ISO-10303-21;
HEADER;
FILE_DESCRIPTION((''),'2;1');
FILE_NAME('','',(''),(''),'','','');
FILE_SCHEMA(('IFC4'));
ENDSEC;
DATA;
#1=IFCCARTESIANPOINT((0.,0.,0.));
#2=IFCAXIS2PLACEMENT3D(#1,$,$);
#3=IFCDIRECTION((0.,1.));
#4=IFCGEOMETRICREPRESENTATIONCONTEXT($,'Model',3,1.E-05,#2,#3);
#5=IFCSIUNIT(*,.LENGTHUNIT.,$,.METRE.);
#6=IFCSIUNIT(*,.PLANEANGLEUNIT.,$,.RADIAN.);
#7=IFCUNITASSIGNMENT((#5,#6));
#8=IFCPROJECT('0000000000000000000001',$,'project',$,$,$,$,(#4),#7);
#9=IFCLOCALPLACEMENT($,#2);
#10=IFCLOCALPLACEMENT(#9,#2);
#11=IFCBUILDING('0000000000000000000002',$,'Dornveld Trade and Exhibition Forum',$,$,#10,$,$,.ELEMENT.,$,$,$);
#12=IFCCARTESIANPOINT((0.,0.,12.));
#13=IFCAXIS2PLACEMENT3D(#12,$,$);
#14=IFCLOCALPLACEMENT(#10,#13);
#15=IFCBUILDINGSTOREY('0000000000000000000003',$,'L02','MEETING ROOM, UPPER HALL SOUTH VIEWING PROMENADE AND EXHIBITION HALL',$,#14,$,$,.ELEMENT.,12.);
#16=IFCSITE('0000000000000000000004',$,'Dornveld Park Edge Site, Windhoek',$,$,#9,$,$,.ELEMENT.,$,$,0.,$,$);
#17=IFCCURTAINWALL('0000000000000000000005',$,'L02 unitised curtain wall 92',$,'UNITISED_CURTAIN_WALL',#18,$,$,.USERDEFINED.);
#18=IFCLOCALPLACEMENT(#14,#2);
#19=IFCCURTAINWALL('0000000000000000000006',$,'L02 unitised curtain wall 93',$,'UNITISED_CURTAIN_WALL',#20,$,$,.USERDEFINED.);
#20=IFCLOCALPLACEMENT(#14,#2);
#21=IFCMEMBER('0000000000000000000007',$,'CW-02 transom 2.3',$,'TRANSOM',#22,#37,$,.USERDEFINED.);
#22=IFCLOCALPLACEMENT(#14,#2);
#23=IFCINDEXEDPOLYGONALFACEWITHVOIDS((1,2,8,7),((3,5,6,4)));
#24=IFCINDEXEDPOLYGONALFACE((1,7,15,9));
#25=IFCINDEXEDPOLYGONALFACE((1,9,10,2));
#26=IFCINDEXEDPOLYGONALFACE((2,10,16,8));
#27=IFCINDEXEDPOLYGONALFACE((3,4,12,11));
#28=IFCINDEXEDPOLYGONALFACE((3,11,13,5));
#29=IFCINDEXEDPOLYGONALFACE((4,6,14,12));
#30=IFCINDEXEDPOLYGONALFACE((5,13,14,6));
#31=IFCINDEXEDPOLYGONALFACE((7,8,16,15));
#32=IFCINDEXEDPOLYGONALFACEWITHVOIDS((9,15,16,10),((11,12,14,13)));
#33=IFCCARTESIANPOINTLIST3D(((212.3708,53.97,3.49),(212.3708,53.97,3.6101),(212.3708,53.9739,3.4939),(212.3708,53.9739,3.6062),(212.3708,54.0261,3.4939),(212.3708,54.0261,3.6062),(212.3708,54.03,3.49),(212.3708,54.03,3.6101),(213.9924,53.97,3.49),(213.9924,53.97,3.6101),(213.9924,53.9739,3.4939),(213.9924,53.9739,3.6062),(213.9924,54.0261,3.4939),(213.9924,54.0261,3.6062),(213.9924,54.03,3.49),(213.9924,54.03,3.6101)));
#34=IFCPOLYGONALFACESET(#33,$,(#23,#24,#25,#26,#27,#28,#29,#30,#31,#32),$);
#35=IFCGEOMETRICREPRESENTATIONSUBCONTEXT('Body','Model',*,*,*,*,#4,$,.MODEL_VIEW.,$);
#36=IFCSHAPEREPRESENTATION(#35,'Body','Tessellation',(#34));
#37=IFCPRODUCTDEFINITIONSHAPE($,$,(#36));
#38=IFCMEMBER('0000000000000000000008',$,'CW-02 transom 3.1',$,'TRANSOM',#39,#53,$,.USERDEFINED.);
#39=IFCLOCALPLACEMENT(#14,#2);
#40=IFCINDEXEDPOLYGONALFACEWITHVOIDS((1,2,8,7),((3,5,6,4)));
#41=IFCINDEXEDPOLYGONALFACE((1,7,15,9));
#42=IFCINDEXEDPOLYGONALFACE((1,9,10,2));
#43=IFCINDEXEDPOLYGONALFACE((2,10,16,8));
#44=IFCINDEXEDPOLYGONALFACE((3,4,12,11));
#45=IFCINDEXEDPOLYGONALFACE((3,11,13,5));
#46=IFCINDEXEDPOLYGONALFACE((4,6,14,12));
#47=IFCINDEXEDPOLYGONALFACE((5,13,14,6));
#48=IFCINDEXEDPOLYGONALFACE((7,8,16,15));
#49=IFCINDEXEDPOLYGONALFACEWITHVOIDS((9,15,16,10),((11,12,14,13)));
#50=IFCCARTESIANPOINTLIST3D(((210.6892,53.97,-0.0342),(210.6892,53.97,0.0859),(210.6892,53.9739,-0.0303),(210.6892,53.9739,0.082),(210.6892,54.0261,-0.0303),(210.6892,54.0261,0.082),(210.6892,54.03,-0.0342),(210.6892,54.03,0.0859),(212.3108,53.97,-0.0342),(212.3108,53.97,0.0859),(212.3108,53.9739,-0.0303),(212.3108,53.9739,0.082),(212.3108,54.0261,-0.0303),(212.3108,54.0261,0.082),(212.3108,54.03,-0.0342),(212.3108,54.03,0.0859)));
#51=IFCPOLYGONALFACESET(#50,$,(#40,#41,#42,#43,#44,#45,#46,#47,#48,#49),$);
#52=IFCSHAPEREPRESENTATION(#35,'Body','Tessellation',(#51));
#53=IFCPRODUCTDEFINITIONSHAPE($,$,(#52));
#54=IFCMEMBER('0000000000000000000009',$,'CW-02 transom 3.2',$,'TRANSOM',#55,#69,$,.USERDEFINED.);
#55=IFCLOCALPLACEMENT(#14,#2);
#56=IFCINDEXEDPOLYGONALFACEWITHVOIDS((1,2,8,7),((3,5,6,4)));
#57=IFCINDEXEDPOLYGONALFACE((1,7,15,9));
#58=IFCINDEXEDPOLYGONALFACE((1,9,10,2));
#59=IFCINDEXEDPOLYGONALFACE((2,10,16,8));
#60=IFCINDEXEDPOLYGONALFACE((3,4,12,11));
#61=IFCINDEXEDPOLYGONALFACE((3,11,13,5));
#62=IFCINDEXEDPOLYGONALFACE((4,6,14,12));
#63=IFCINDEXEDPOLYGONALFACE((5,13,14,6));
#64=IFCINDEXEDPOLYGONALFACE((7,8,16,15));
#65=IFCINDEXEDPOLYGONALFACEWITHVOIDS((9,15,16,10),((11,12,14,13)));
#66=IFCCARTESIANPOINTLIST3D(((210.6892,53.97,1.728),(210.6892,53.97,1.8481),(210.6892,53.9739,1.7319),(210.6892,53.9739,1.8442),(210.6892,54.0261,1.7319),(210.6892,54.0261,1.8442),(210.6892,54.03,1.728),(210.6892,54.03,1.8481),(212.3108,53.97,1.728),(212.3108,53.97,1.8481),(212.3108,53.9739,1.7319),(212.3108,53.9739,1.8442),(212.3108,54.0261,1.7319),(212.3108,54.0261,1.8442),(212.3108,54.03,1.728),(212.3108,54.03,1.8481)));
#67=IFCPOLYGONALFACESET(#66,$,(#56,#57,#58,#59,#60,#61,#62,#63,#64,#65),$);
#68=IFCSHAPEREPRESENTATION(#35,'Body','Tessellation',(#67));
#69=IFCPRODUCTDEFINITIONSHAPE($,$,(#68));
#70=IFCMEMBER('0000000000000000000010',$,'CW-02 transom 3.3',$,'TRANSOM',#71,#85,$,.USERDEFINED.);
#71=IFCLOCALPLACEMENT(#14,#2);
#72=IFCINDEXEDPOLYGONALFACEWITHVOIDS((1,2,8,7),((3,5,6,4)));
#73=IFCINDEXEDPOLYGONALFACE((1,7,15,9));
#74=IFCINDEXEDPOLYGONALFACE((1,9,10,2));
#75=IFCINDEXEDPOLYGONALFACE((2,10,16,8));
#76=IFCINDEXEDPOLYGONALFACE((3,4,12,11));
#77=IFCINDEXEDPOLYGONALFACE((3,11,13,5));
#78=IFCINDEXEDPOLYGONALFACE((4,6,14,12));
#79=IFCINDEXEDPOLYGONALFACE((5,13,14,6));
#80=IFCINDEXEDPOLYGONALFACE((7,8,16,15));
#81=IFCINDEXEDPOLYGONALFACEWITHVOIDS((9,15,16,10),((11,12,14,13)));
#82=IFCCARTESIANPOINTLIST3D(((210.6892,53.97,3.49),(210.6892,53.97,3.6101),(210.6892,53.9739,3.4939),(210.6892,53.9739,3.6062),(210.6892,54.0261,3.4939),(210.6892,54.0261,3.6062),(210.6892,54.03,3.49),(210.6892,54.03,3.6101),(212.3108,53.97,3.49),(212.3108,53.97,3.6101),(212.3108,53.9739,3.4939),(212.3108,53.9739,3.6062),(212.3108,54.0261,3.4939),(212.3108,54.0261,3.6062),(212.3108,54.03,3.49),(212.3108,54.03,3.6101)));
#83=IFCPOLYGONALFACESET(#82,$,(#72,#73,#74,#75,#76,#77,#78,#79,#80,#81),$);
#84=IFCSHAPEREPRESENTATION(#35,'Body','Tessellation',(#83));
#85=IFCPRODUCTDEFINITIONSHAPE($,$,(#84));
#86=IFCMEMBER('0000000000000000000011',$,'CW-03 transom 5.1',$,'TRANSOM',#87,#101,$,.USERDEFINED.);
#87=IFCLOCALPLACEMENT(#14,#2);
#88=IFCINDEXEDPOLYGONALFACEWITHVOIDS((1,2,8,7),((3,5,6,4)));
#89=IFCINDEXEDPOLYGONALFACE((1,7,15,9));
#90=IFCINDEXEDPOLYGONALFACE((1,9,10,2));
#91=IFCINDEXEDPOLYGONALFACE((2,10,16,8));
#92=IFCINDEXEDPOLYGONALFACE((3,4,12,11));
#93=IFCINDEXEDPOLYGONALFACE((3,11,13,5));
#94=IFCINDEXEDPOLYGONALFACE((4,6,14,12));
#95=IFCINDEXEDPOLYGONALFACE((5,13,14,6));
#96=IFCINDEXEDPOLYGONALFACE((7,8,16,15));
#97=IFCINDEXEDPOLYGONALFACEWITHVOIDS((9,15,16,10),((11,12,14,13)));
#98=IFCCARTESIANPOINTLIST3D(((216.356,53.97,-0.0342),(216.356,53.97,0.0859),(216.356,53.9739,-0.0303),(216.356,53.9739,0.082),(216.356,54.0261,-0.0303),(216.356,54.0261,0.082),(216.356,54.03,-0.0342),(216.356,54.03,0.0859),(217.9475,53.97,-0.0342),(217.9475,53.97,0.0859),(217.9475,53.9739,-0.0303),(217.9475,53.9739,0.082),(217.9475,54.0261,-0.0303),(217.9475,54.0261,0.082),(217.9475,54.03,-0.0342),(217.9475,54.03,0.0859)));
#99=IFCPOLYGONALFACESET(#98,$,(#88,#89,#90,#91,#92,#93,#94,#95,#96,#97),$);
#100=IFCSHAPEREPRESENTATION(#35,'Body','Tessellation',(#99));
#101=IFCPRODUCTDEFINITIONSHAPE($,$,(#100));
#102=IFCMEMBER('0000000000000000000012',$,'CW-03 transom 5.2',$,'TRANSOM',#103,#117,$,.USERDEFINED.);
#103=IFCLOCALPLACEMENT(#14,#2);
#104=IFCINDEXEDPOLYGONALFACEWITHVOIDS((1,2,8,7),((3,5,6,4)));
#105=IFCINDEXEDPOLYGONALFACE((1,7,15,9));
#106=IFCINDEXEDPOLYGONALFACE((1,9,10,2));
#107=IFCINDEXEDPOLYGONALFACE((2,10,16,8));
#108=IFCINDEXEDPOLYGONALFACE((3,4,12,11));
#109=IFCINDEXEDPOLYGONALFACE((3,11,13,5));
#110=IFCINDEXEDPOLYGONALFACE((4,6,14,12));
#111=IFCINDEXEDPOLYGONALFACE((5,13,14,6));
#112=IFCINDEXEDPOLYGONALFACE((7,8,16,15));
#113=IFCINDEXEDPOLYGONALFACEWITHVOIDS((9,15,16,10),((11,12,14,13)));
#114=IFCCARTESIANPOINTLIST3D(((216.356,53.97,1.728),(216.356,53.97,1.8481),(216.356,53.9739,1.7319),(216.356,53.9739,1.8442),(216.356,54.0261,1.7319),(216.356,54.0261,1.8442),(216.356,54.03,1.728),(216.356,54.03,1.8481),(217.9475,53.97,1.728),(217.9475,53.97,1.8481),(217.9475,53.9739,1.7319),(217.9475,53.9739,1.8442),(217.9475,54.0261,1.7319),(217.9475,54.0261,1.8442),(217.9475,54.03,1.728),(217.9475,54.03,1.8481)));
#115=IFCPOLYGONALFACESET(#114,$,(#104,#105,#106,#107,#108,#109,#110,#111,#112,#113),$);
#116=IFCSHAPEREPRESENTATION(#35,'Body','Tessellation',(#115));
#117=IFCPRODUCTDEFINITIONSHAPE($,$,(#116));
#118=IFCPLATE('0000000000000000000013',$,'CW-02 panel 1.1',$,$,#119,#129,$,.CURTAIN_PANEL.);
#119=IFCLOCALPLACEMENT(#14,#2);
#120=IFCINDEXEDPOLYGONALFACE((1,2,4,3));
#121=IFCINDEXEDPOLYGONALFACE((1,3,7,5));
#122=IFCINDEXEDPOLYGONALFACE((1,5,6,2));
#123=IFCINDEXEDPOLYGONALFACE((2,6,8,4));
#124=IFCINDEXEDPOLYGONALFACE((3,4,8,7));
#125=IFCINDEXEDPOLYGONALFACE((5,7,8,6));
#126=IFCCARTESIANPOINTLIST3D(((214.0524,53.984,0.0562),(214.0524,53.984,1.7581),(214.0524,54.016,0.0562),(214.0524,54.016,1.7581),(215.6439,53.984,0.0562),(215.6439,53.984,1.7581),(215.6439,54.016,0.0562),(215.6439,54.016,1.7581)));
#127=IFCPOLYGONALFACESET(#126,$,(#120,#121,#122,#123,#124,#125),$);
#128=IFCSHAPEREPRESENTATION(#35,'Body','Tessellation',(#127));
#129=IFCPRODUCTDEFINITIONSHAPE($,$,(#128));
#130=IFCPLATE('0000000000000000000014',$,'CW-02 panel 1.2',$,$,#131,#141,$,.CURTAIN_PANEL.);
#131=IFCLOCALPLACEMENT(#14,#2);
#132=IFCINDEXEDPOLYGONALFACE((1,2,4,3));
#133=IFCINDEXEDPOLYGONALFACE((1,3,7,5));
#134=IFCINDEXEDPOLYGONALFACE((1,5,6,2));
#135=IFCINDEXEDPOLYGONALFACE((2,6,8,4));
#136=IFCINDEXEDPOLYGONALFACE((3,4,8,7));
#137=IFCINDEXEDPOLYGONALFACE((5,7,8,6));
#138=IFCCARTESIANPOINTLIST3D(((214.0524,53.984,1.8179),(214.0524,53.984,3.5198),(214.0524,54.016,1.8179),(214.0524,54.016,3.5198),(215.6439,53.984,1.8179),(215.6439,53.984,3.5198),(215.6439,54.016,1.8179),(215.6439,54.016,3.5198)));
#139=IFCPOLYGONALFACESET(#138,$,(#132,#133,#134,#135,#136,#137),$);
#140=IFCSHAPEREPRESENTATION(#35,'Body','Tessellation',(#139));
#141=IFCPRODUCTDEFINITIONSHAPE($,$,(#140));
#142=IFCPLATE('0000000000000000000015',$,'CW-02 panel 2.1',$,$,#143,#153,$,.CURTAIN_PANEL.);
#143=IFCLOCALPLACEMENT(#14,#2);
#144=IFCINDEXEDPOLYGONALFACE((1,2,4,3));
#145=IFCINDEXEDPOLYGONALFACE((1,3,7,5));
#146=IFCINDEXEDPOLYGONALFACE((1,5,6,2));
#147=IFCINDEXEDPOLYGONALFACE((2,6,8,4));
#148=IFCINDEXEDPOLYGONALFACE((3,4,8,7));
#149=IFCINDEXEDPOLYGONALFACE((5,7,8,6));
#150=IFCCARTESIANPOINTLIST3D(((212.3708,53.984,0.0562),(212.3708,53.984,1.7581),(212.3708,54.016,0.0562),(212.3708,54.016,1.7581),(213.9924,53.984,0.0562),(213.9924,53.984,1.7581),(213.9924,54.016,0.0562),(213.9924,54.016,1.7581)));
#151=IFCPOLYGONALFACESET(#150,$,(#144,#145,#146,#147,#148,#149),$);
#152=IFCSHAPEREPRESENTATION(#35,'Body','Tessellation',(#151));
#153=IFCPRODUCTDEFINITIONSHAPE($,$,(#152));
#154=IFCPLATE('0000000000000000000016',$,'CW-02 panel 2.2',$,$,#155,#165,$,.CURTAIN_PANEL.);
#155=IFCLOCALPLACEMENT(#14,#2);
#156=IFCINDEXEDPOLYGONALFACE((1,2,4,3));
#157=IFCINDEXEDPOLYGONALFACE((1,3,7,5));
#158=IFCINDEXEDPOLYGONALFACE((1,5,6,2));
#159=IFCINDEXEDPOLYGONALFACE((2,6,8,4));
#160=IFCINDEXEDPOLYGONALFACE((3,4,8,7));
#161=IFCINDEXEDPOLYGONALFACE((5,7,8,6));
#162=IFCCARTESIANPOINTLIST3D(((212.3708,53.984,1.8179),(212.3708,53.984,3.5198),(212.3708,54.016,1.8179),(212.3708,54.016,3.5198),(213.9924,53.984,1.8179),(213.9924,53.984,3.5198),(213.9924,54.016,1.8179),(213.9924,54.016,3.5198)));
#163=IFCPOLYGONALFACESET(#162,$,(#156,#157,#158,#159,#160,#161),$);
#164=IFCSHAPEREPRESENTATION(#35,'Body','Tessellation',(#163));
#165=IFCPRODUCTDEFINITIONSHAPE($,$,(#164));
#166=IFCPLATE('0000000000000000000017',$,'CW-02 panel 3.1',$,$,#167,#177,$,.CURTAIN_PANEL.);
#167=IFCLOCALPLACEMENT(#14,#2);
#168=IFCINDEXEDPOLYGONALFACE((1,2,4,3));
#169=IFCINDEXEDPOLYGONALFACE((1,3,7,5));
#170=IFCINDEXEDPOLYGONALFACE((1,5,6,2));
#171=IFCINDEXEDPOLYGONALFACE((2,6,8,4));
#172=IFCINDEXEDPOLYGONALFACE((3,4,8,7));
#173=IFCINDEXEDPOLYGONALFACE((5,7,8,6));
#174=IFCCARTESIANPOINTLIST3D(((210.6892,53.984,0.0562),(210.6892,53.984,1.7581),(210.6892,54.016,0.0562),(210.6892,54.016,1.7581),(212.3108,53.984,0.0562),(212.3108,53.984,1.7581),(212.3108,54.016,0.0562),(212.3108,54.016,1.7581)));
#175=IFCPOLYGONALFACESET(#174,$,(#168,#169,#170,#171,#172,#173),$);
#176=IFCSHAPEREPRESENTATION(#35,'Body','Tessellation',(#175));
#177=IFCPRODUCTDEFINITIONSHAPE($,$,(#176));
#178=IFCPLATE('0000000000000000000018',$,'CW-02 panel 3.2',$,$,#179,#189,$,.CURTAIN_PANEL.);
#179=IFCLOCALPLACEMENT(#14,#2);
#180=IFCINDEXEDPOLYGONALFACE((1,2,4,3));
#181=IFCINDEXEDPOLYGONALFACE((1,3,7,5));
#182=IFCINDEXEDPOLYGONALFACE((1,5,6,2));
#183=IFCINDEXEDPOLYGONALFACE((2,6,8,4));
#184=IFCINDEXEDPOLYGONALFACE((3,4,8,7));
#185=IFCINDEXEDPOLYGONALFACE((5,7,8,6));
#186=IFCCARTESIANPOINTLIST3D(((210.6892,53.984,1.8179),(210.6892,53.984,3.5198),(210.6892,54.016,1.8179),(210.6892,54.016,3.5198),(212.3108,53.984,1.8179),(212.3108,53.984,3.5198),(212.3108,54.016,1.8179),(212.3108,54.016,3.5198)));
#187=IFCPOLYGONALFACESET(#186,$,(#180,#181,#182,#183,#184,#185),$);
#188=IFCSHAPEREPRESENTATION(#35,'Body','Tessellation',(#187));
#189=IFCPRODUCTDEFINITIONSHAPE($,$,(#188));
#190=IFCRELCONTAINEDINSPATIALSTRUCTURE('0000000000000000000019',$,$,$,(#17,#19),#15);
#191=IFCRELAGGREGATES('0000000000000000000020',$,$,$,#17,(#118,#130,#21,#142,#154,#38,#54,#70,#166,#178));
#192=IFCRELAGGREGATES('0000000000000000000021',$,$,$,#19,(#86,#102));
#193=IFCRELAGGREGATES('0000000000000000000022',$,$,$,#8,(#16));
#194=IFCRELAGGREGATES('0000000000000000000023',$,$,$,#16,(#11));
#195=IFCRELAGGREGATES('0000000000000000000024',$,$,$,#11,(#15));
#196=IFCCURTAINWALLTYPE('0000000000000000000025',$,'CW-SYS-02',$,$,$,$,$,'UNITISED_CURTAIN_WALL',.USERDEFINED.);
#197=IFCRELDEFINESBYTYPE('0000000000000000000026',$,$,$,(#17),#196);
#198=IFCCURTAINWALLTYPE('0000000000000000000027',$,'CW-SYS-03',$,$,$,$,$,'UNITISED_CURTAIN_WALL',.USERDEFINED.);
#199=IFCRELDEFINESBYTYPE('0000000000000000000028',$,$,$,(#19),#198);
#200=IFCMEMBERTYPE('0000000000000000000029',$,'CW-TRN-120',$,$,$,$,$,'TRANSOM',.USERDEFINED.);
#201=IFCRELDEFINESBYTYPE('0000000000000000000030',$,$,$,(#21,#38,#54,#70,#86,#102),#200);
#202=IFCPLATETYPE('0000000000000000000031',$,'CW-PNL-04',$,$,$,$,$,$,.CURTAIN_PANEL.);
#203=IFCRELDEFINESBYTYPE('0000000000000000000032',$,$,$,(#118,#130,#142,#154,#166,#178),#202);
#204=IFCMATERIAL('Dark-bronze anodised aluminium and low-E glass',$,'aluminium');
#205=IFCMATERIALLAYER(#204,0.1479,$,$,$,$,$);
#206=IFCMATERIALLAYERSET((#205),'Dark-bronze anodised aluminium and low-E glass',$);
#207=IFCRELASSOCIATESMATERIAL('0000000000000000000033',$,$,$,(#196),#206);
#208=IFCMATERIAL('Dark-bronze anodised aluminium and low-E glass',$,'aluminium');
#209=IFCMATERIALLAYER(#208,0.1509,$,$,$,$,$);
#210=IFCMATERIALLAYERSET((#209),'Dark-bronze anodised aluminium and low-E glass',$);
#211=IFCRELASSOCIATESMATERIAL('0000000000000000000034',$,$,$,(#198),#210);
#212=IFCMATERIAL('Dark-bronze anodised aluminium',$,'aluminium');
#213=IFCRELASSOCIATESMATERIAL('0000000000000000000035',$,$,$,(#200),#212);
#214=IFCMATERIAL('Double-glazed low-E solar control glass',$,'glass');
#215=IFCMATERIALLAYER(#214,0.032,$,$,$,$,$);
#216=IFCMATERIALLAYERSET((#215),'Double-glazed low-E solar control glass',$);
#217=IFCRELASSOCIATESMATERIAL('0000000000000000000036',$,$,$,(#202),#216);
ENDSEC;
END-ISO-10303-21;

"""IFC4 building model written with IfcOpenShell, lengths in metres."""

from ifc_helpers import new_model, si_unit, direction, frame, origin, origin_2d, place, context, subcontext, project, spatial, rectangle, hollow_rectangle, extrude, material, layer, layer_set, material_profile, profile_set, type_object, element, aggregate, save


model = new_model("IFC4")

# Units and contexts
model_context = context("Model", 3, precision=1e-05, world=origin(), true_north=direction((0.0, 1.0)))
body_context = subcontext(model_context, "Body", "Model", "MODEL_VIEW")
ifc_project = project(units=[si_unit("LENGTHUNIT", "METRE"), si_unit("PLANEANGLEUNIT", "RADIAN")], contexts=[model_context])

# Site, building, storey
site_placement = place(None, origin())
site = spatial("IfcSite", under=ifc_project, at=site_placement, Name="Dornveld Park Edge Site, Windhoek", CompositionType="ELEMENT", RefElevation=0.0)
building_placement = place(site_placement, origin())
building = spatial("IfcBuilding", under=site, at=building_placement, Name="Dornveld Trade and Exhibition Forum", CompositionType="ELEMENT")
storey_placement = place(building_placement, frame((0.0, 0.0, 12.0)))
storey = spatial("IfcBuildingStorey", under=building, at=storey_placement, Name="L02", Description="MEETING ROOM, UPPER HALL SOUTH VIEWING PROMENADE AND EXHIBITION HALL", CompositionType="ELEMENT", Elevation=12.0)

# Curtain wall
ifc_material_1 = material(Name="Dark-bronze anodised aluminium and low-E glass", Category="aluminium")
ifc_layer_1 = layer(ifc_material_1, 0.1479)
ifc_layer_set_1 = layer_set([ifc_layer_1], Name="Dark-bronze anodised aluminium and low-E glass")
curtain_wall_type_1 = type_object("IfcCurtainWallType", Name="CW-SYS-02", ElementType="UNITISED_CURTAIN_WALL", PredefinedType="USERDEFINED", material=ifc_layer_set_1)
curtain_wall_1_placement = place(storey_placement, origin())
curtain_wall_1 = element("IfcCurtainWall", 1, at=curtain_wall_1_placement, inside=storey, type_object=curtain_wall_type_1, Name="L02 unitised curtain wall 92", ObjectType="UNITISED_CURTAIN_WALL", PredefinedType="USERDEFINED")

# Curtain wall
ifc_material_2 = material(Name="Dark-bronze anodised aluminium and low-E glass", Category="aluminium")
ifc_layer_2 = layer(ifc_material_2, 0.1509)
ifc_layer_set_2 = layer_set([ifc_layer_2], Name="Dark-bronze anodised aluminium and low-E glass")
curtain_wall_type_2 = type_object("IfcCurtainWallType", Name="CW-SYS-03", ElementType="UNITISED_CURTAIN_WALL", PredefinedType="USERDEFINED", material=ifc_layer_set_2)
curtain_wall_2_placement = place(storey_placement, origin())
curtain_wall_2 = element("IfcCurtainWall", 2, at=curtain_wall_2_placement, inside=storey, type_object=curtain_wall_type_2, Name="L02 unitised curtain wall 93", ObjectType="UNITISED_CURTAIN_WALL", PredefinedType="USERDEFINED")

# Members
ifc_material_3 = material(Name="Dark-bronze anodised aluminium", Category="aluminium")
ifc_material_profile_1 = material_profile(ifc_material_3, hollow_rectangle(XDim=0.0601, YDim=0.1201, WallThickness=0.0039, at=origin_2d()), Name="RHS 120x60x4")
ifc_profile_set_1 = profile_set([ifc_material_profile_1], Name="Dark-bronze anodised aluminium")
member_type_1 = type_object("IfcMemberType", Name="CW-TRN-120", ElementType="TRANSOM", PredefinedType="USERDEFINED", material=ifc_profile_set_1)
member_1_placement = place(storey_placement, frame((213.9924, 54.0, 3.55), z_axis=(-1.0, 0.0, 0.0), x_axis=(0.0, -1.0, 0.0)))
member_1 = element("IfcMember", 3, at=member_1_placement, type_object=member_type_1, Name="CW-02 transom 2.3", ObjectType="TRANSOM", PredefinedType="USERDEFINED", context=body_context, shape_type="SweptSolid", body=[
    extrude(hollow_rectangle(XDim=0.0601, YDim=0.1201, WallThickness=0.0039, at=origin_2d()), origin(), (0.0, 0.0, 1.0), 1.6216),
])
member_2_placement = place(storey_placement, frame((212.3108, 54.0, 0.0259), z_axis=(-1.0, 0.0, 0.0), x_axis=(0.0, -1.0, 0.0)))
member_2 = element("IfcMember", 4, at=member_2_placement, type_object=member_type_1, Name="CW-02 transom 3.1", ObjectType="TRANSOM", PredefinedType="USERDEFINED", context=body_context, shape_type="SweptSolid", body=[
    extrude(hollow_rectangle(XDim=0.0601, YDim=0.1201, WallThickness=0.0039, at=origin_2d()), origin(), (0.0, 0.0, 1.0), 1.6216),
])
member_3_placement = place(storey_placement, frame((212.3108, 54.0, 1.7881), z_axis=(-1.0, 0.0, 0.0), x_axis=(0.0, -1.0, 0.0)))
member_3 = element("IfcMember", 5, at=member_3_placement, type_object=member_type_1, Name="CW-02 transom 3.2", ObjectType="TRANSOM", PredefinedType="USERDEFINED", context=body_context, shape_type="SweptSolid", body=[
    extrude(hollow_rectangle(XDim=0.0601, YDim=0.1201, WallThickness=0.0039, at=origin_2d()), origin(), (0.0, 0.0, 1.0), 1.6216),
])
member_4_placement = place(storey_placement, frame((212.3108, 54.0, 3.55), z_axis=(-1.0, 0.0, 0.0), x_axis=(0.0, -1.0, 0.0)))
member_4 = element("IfcMember", 6, at=member_4_placement, type_object=member_type_1, Name="CW-02 transom 3.3", ObjectType="TRANSOM", PredefinedType="USERDEFINED", context=body_context, shape_type="SweptSolid", body=[
    extrude(hollow_rectangle(XDim=0.0601, YDim=0.1201, WallThickness=0.0039, at=origin_2d()), origin(), (0.0, 0.0, 1.0), 1.6216),
])
member_5_placement = place(storey_placement, frame((217.9475, 54.0, 0.0259), z_axis=(-1.0, 0.0, 0.0), x_axis=(0.0, -1.0, 0.0)))
member_5 = element("IfcMember", 7, at=member_5_placement, type_object=member_type_1, Name="CW-03 transom 5.1", ObjectType="TRANSOM", PredefinedType="USERDEFINED", context=body_context, shape_type="SweptSolid", body=[
    extrude(hollow_rectangle(XDim=0.0601, YDim=0.1201, WallThickness=0.0039, at=origin_2d()), origin(), (0.0, 0.0, 1.0), 1.5916),
])
member_6_placement = place(storey_placement, frame((217.9475, 54.0, 1.7881), z_axis=(-1.0, 0.0, 0.0), x_axis=(0.0, -1.0, 0.0)))
member_6 = element("IfcMember", 8, at=member_6_placement, type_object=member_type_1, Name="CW-03 transom 5.2", ObjectType="TRANSOM", PredefinedType="USERDEFINED", context=body_context, shape_type="SweptSolid", body=[
    extrude(hollow_rectangle(XDim=0.0601, YDim=0.1201, WallThickness=0.0039, at=origin_2d()), origin(), (0.0, 0.0, 1.0), 1.5916),
])

# Plates
ifc_material_4 = material(Name="Double-glazed low-E solar control glass", Category="glass")
ifc_layer_3 = layer(ifc_material_4, 0.032)
ifc_layer_set_3 = layer_set([ifc_layer_3], Name="Double-glazed low-E solar control glass")
plate_type_1 = type_object("IfcPlateType", Name="CW-PNL-04", PredefinedType="CURTAIN_PANEL", material=ifc_layer_set_3)
plate_1_placement = place(storey_placement, frame((214.8481, 54.0, 0.0562), z_axis=(0.0, 0.0, 1.0), x_axis=(-1.0, 0.0, 0.0)))
plate_1 = element("IfcPlate", 9, at=plate_1_placement, type_object=plate_type_1, Name="CW-02 panel 1.1", PredefinedType="CURTAIN_PANEL", context=body_context, shape_type="SweptSolid", body=[
    extrude(rectangle(XDim=1.5916, YDim=0.032, at=origin_2d()), origin(), (0.0, 0.0, 1.0), 1.7019),
])
plate_2_placement = place(storey_placement, frame((214.8481, 54.0, 1.8179), z_axis=(0.0, 0.0, 1.0), x_axis=(-1.0, 0.0, 0.0)))
plate_2 = element("IfcPlate", 10, at=plate_2_placement, type_object=plate_type_1, Name="CW-02 panel 1.2", PredefinedType="CURTAIN_PANEL", context=body_context, shape_type="SweptSolid", body=[
    extrude(rectangle(XDim=1.5916, YDim=0.032, at=origin_2d()), origin(), (0.0, 0.0, 1.0), 1.7019),
])
plate_3_placement = place(storey_placement, frame((213.1816, 54.0, 0.0562), z_axis=(0.0, 0.0, 1.0), x_axis=(-1.0, 0.0, 0.0)))
plate_3 = element("IfcPlate", 11, at=plate_3_placement, type_object=plate_type_1, Name="CW-02 panel 2.1", PredefinedType="CURTAIN_PANEL", context=body_context, shape_type="SweptSolid", body=[
    extrude(rectangle(XDim=1.6216, YDim=0.032, at=origin_2d()), origin(), (0.0, 0.0, 1.0), 1.7019),
])
plate_4_placement = place(storey_placement, frame((213.1816, 54.0, 1.8179), z_axis=(0.0, 0.0, 1.0), x_axis=(-1.0, 0.0, 0.0)))
plate_4 = element("IfcPlate", 12, at=plate_4_placement, type_object=plate_type_1, Name="CW-02 panel 2.2", PredefinedType="CURTAIN_PANEL", context=body_context, shape_type="SweptSolid", body=[
    extrude(rectangle(XDim=1.6216, YDim=0.032, at=origin_2d()), origin(), (0.0, 0.0, 1.0), 1.7019),
])
plate_5_placement = place(storey_placement, frame((211.5, 54.0, 0.0562), z_axis=(0.0, 0.0, 1.0), x_axis=(-1.0, 0.0, 0.0)))
plate_5 = element("IfcPlate", 13, at=plate_5_placement, type_object=plate_type_1, Name="CW-02 panel 3.1", PredefinedType="CURTAIN_PANEL", context=body_context, shape_type="SweptSolid", body=[
    extrude(rectangle(XDim=1.6216, YDim=0.032, at=origin_2d()), origin(), (0.0, 0.0, 1.0), 1.7019),
])
plate_6_placement = place(storey_placement, frame((211.5, 54.0, 1.8179), z_axis=(0.0, 0.0, 1.0), x_axis=(-1.0, 0.0, 0.0)))
plate_6 = element("IfcPlate", 14, at=plate_6_placement, type_object=plate_type_1, Name="CW-02 panel 3.2", PredefinedType="CURTAIN_PANEL", context=body_context, shape_type="SweptSolid", body=[
    extrude(rectangle(XDim=1.6216, YDim=0.032, at=origin_2d()), origin(), (0.0, 0.0, 1.0), 1.7019),
])
aggregate(curtain_wall_1, [plate_1, plate_2, member_1, plate_3, plate_4, member_2, member_3, member_4, plate_5, plate_6])
aggregate(curtain_wall_2, [member_5, member_6])

save(model, "model.ifc")
